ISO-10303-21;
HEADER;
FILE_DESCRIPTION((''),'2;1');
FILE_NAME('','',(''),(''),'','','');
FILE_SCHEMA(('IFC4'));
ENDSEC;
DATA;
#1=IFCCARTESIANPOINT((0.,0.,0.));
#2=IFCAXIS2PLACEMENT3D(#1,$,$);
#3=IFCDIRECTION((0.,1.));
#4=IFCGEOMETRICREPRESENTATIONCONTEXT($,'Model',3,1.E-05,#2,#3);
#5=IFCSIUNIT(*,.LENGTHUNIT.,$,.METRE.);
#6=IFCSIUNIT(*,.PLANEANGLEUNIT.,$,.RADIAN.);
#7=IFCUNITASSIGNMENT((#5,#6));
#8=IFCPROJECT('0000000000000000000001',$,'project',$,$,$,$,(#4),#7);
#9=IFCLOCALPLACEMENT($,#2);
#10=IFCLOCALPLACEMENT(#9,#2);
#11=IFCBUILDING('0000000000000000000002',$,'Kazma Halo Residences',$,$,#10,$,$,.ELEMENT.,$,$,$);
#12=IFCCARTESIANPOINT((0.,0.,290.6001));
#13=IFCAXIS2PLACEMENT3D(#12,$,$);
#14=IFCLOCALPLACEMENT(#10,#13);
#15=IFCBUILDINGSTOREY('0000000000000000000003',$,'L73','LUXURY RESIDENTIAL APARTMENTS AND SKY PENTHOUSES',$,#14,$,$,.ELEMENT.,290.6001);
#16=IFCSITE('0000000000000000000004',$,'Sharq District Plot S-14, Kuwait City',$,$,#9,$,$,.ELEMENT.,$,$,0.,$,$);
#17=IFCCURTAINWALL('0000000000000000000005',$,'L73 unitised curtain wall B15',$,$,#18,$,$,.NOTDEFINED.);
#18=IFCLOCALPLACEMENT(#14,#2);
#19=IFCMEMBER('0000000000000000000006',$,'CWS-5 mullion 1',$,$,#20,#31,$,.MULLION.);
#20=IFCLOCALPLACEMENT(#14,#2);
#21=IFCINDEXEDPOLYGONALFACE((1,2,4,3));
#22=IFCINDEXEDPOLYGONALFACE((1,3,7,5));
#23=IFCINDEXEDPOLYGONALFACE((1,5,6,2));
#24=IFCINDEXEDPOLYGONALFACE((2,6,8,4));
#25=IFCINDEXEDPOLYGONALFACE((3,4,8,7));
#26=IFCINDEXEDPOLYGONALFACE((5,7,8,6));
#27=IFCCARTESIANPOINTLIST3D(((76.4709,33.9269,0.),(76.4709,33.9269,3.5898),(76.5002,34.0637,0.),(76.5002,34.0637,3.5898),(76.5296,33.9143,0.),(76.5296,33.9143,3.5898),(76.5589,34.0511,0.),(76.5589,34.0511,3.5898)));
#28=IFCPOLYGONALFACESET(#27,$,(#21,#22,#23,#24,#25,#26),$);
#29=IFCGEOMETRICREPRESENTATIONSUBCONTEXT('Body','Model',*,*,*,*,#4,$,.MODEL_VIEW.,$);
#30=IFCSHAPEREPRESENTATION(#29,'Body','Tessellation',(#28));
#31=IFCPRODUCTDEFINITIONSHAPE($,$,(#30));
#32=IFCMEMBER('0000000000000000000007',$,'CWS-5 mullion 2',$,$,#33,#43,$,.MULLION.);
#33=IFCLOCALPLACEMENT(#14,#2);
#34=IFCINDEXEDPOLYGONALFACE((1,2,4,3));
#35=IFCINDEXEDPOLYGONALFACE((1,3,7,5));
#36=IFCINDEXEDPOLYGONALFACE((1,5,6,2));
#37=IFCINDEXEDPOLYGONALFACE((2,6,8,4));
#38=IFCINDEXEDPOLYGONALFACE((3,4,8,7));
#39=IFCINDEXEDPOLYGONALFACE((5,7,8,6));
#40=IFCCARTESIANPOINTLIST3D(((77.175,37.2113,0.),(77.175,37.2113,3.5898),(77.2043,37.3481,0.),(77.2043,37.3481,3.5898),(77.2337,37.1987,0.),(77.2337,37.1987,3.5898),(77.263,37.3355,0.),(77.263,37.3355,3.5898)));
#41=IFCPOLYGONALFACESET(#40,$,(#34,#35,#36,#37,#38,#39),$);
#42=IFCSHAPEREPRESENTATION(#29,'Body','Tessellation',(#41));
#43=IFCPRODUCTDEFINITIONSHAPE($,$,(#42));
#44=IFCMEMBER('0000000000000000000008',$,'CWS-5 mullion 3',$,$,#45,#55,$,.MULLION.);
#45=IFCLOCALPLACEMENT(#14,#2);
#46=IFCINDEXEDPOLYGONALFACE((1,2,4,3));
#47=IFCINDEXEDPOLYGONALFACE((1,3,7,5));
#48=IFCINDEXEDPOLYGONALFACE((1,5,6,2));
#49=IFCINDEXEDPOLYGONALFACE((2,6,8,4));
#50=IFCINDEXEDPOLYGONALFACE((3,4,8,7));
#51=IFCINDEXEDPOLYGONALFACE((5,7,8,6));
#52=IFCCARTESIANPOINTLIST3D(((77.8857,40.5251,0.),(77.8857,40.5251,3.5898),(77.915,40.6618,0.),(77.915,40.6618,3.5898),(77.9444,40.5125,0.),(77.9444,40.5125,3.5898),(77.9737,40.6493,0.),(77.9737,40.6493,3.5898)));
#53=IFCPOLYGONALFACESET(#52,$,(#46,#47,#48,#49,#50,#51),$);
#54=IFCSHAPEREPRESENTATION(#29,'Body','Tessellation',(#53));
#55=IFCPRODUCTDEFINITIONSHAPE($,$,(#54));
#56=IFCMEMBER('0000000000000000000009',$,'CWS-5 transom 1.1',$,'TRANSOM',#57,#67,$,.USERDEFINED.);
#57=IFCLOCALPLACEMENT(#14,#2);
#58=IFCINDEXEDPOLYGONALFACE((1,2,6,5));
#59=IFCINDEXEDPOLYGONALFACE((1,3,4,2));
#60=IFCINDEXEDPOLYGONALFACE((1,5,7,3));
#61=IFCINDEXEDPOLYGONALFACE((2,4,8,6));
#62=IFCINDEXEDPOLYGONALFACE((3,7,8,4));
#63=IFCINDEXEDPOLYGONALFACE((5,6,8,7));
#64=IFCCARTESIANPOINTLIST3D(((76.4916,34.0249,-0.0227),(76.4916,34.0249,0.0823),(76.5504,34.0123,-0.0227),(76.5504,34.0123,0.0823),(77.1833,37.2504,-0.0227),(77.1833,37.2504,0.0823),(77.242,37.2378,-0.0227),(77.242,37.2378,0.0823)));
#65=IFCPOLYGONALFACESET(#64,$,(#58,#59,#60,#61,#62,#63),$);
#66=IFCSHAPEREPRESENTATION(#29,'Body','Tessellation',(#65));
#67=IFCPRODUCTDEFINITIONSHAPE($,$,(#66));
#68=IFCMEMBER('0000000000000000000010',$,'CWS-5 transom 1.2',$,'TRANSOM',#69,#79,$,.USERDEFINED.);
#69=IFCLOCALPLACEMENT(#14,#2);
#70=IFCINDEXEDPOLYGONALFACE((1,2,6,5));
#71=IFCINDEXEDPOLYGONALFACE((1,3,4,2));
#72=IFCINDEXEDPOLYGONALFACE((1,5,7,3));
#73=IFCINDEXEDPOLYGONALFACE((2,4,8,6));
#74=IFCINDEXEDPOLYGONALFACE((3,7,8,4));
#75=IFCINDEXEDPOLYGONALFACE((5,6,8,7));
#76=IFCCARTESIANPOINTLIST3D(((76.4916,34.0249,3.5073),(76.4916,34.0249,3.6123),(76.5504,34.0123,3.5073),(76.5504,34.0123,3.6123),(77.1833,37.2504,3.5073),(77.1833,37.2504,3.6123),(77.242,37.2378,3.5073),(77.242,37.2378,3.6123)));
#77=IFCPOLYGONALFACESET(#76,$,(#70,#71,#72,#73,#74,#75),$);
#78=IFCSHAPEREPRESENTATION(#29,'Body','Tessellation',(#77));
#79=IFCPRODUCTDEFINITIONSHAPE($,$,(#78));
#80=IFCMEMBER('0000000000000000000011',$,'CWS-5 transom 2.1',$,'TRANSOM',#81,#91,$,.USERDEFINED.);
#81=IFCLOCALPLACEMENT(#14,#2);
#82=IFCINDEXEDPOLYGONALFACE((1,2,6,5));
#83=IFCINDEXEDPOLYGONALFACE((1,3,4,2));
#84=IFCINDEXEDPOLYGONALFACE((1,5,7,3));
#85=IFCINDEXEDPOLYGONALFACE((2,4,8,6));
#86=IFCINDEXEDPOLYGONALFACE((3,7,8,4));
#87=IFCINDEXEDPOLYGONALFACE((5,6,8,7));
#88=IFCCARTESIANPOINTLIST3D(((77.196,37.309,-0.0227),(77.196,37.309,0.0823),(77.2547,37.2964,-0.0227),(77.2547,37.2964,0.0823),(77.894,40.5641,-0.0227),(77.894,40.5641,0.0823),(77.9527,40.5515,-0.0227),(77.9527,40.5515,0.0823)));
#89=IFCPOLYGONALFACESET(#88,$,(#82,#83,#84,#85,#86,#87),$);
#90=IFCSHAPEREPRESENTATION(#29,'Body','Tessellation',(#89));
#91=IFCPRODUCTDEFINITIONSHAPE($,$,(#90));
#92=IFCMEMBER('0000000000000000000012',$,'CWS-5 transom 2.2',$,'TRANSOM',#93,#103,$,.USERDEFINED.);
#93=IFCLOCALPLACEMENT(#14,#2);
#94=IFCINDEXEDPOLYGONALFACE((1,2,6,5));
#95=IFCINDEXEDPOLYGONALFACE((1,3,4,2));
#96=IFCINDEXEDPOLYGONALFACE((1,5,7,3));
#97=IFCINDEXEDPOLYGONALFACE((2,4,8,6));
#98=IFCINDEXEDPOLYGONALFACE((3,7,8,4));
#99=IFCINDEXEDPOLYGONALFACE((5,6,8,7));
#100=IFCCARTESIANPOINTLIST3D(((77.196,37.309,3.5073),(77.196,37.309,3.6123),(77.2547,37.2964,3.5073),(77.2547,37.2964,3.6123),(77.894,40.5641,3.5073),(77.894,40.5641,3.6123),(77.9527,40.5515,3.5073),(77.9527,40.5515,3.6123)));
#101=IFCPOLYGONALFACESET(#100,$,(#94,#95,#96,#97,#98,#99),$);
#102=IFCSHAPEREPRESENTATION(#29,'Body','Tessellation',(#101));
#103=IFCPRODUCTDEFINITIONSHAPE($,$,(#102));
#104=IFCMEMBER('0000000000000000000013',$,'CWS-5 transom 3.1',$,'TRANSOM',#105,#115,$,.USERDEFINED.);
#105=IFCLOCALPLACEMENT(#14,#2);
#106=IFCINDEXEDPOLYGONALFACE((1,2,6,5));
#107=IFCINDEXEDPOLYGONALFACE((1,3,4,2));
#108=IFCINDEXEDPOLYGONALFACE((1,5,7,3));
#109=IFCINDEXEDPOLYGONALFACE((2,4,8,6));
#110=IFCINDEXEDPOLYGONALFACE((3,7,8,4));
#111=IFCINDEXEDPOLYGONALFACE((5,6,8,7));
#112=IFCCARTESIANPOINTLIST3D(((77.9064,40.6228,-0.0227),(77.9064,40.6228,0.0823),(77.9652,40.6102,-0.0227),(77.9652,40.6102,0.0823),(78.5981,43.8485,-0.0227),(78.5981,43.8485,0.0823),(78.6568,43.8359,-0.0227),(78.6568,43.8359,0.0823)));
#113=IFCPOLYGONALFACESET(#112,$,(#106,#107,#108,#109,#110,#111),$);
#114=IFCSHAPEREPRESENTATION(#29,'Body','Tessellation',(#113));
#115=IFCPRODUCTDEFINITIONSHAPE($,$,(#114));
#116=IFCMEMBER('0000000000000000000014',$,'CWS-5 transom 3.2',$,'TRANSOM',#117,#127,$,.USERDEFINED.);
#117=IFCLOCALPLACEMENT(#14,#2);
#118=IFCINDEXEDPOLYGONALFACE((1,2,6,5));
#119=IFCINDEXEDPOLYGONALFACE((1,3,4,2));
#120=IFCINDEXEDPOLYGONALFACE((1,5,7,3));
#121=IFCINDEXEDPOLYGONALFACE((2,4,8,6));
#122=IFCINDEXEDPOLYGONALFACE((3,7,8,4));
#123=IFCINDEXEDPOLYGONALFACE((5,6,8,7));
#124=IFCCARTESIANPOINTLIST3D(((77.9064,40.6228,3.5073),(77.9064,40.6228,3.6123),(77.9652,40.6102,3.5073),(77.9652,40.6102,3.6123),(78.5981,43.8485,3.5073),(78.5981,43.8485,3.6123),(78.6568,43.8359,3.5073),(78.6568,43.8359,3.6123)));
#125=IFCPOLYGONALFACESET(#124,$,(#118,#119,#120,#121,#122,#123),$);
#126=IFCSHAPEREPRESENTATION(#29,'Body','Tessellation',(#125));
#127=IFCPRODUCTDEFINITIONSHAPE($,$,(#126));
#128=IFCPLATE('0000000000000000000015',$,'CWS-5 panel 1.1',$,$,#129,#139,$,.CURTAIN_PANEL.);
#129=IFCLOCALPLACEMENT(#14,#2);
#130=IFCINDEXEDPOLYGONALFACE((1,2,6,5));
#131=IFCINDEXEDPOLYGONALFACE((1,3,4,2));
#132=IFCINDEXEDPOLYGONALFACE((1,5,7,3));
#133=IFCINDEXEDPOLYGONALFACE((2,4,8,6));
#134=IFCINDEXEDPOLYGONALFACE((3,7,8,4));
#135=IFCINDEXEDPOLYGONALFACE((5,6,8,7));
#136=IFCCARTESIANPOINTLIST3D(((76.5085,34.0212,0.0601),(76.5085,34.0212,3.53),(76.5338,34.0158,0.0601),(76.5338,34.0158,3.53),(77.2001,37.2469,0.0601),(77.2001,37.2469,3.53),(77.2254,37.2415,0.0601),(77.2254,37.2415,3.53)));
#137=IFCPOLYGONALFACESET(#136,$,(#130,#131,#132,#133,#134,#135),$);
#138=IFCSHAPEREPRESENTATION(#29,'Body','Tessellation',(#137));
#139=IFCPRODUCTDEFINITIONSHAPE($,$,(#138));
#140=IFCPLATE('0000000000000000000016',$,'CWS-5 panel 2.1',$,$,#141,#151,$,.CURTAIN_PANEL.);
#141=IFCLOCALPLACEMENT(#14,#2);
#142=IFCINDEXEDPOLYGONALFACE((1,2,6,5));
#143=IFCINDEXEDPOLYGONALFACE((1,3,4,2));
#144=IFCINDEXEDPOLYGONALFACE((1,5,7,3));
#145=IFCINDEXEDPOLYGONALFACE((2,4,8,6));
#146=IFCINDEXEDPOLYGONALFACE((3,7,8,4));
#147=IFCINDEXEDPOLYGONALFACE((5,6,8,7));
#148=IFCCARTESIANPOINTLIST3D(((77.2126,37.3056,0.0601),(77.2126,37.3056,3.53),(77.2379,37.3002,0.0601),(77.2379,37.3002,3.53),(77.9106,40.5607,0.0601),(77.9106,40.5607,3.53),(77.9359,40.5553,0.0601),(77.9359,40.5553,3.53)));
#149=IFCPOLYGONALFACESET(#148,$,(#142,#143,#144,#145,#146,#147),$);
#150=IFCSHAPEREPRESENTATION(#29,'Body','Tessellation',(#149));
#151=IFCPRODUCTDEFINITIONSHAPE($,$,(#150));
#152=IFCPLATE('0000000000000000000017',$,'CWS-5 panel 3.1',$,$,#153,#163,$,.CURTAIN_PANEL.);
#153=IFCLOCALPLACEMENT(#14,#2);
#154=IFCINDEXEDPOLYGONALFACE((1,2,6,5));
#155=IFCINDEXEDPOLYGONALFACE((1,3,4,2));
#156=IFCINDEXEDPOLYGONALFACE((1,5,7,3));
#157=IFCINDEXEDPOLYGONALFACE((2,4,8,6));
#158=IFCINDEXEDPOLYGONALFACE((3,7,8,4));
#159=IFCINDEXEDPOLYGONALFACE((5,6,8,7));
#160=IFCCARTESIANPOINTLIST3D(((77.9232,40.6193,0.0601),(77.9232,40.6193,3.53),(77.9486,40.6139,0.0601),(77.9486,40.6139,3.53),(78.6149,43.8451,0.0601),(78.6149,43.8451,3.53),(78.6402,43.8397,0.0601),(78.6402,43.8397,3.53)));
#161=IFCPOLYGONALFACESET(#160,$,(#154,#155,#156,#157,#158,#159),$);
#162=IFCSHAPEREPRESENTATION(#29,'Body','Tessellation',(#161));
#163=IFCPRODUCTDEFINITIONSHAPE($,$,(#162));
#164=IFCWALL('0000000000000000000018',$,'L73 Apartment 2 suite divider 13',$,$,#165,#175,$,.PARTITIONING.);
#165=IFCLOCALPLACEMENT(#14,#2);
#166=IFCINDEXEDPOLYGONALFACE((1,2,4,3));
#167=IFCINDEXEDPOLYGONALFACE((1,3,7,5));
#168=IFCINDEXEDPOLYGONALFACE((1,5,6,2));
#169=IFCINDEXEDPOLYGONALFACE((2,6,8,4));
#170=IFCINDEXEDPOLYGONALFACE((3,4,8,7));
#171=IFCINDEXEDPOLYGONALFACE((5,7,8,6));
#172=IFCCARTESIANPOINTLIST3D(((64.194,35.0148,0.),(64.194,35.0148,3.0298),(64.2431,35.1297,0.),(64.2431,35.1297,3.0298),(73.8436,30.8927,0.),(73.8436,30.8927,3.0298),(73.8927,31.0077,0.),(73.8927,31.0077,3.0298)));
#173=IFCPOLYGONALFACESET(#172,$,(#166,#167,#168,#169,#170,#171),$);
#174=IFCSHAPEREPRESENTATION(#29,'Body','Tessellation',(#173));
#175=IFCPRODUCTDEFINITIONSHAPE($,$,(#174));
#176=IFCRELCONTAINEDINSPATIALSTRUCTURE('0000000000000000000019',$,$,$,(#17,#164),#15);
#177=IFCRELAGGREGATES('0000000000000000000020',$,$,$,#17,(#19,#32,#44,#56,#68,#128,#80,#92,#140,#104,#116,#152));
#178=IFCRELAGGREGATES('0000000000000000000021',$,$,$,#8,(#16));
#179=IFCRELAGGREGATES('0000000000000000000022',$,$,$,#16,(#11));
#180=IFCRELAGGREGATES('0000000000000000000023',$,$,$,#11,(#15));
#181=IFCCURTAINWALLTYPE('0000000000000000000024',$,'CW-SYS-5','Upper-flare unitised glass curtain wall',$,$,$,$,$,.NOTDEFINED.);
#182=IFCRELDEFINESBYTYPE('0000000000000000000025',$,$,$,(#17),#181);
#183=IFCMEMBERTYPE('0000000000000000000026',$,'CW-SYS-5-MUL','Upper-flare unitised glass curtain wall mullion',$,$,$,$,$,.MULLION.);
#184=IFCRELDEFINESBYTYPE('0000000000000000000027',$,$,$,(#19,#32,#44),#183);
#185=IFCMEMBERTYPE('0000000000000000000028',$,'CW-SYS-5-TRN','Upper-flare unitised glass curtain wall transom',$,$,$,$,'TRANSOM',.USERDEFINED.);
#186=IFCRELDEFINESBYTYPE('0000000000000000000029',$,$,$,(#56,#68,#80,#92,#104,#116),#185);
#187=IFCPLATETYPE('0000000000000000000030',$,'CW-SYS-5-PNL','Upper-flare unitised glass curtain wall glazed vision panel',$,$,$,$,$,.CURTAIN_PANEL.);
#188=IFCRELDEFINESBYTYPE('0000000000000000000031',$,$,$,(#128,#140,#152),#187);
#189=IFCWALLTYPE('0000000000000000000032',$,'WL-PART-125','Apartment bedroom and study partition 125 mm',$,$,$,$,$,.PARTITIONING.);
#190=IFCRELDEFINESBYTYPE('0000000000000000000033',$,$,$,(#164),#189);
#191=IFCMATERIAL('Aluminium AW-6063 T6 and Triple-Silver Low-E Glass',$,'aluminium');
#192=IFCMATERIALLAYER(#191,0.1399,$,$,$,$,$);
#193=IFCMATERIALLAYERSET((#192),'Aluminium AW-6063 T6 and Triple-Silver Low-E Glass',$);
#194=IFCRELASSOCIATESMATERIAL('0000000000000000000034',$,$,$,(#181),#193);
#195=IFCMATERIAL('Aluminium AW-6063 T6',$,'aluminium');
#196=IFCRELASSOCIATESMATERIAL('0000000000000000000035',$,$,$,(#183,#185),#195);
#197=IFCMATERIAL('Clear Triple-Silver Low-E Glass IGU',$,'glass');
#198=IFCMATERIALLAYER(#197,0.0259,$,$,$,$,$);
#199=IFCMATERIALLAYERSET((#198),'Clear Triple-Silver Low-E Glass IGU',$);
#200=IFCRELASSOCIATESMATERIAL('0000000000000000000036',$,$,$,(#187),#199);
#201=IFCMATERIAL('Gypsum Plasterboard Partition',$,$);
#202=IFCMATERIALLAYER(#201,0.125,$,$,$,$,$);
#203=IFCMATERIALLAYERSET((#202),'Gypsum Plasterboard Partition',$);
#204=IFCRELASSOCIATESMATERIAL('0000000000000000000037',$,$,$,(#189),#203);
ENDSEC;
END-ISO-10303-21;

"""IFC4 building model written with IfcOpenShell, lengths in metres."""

from ifc_helpers import new_model, si_unit, direction, frame, frame_2d, origin, origin_2d, place, context, subcontext, project, spatial, rectangle, extrude, material, layer, layer_set, material_profile, profile_set, type_object, element, aggregate, save


model = new_model("IFC4")

# Units and contexts
model_context = context("Model", 3, precision=1e-05, world=origin(), true_north=direction((0.0, 1.0)))
body_context = subcontext(model_context, "Body", "Model", "MODEL_VIEW")
ifc_project = project(units=[si_unit("LENGTHUNIT", "METRE"), si_unit("PLANEANGLEUNIT", "RADIAN")], contexts=[model_context])

# Site, building, storey
site_placement = place(None, origin())
site = spatial("IfcSite", under=ifc_project, at=site_placement, Name="Sharq District Plot S-14, Kuwait City", CompositionType="ELEMENT", RefElevation=0.0)
building_placement = place(site_placement, origin())
building = spatial("IfcBuilding", under=site, at=building_placement, Name="Kazma Halo Residences", CompositionType="ELEMENT")
storey_placement = place(building_placement, frame((0.0, 0.0, 290.6001)))
storey = spatial("IfcBuildingStorey", under=building, at=storey_placement, Name="L73", Description="LUXURY RESIDENTIAL APARTMENTS AND SKY PENTHOUSES", CompositionType="ELEMENT", Elevation=290.6001)

# Curtain wall, members, plates
ifc_material_1 = material(Name="Aluminium AW-6063 T6 and Triple-Silver Low-E Glass", Category="aluminium")
ifc_layer_1 = layer(ifc_material_1, 0.1399)
ifc_layer_set_1 = layer_set([ifc_layer_1], Name="Aluminium AW-6063 T6 and Triple-Silver Low-E Glass")
curtain_wall_type = type_object("IfcCurtainWallType", Name="CW-SYS-5", Description="Upper-flare unitised glass curtain wall", PredefinedType="NOTDEFINED", material=ifc_layer_set_1)
curtain_wall_placement = place(storey_placement, origin())
curtain_wall = element("IfcCurtainWall", 1, at=curtain_wall_placement, inside=storey, type_object=curtain_wall_type, Name="L73 unitised curtain wall B15", PredefinedType="NOTDEFINED")
ifc_material_2 = material(Name="Aluminium AW-6063 T6", Category="aluminium")
ifc_material_profile_1 = material_profile(ifc_material_2, rectangle(XDim=0.0601, YDim=0.1399, at=origin_2d()), Name="CWM-60x140")
ifc_profile_set_1 = profile_set([ifc_material_profile_1], Name="Aluminium AW-6063 T6")
member_type_1 = type_object("IfcMemberType", Name="CW-SYS-5-MUL", Description="Upper-flare unitised glass curtain wall mullion", PredefinedType="MULLION", material=ifc_profile_set_1)
member_1_placement = place(storey_placement, frame((76.5149, 33.989, 0.0), z_axis=(0.0, 0.0, 1.0), x_axis=(-0.977775, 0.209657, 0.0)))
member_1 = element("IfcMember", 2, at=member_1_placement, type_object=member_type_1, Name="CWS-5 mullion 1", PredefinedType="MULLION", context=body_context, shape_type="SweptSolid", body=[
    extrude(rectangle(XDim=0.0601, YDim=0.1399, at=origin_2d()), origin(), (0.0, 0.0, 1.0), 3.5898),
])
member_2_placement = place(storey_placement, frame((77.219, 37.2734, 0.0), z_axis=(0.0, 0.0, 1.0), x_axis=(-0.977775, 0.209657, 0.0)))
member_2 = element("IfcMember", 3, at=member_2_placement, type_object=member_type_1, Name="CWS-5 mullion 2", PredefinedType="MULLION", context=body_context, shape_type="SweptSolid", body=[
    extrude(rectangle(XDim=0.0601, YDim=0.1399, at=origin_2d()), origin(), (0.0, 0.0, 1.0), 3.5898),
])
member_3_placement = place(storey_placement, frame((77.9297, 40.5872, 0.0), z_axis=(0.0, 0.0, 1.0), x_axis=(-0.977775, 0.209657, 0.0)))
member_3 = element("IfcMember", 4, at=member_3_placement, type_object=member_type_1, Name="CWS-5 mullion 3", PredefinedType="MULLION", context=body_context, shape_type="SweptSolid", body=[
    extrude(rectangle(XDim=0.0601, YDim=0.1399, at=origin_2d()), origin(), (0.0, 0.0, 1.0), 3.5898),
])
ifc_material_profile_2 = material_profile(ifc_material_2, rectangle(XDim=0.0601, YDim=0.105, at=origin_2d()), Name="CWT-60x105")
ifc_profile_set_2 = profile_set([ifc_material_profile_2], Name="Aluminium AW-6063 T6")
member_type_2 = type_object("IfcMemberType", Name="CW-SYS-5-TRN", Description="Upper-flare unitised glass curtain wall transom", ElementType="TRANSOM", PredefinedType="USERDEFINED", material=ifc_profile_set_2)
member_4_placement = place(storey_placement, frame((76.521, 34.0186, 0.0298), z_axis=(0.20966, 0.977774, 0.0), x_axis=(-0.977774, 0.20966, 0.0)))
member_4 = element("IfcMember", 5, at=member_4_placement, type_object=member_type_2, Name="CWS-5 transom 1.1", ObjectType="TRANSOM", PredefinedType="USERDEFINED", context=body_context, shape_type="SweptSolid", body=[
    extrude(rectangle(XDim=0.0601, YDim=0.105, at=origin_2d()), origin(), (0.0, 0.0, 1.0), 3.2988),
])
member_5_placement = place(storey_placement, frame((76.521, 34.0186, 3.5598), z_axis=(0.20966, 0.977774, 0.0), x_axis=(-0.977774, 0.20966, 0.0)))
member_5 = element("IfcMember", 6, at=member_5_placement, type_object=member_type_2, Name="CWS-5 transom 1.2", ObjectType="TRANSOM", PredefinedType="USERDEFINED", context=body_context, shape_type="SweptSolid", body=[
    extrude(rectangle(XDim=0.0601, YDim=0.105, at=origin_2d()), origin(), (0.0, 0.0, 1.0), 3.2988),
])
member_6_placement = place(storey_placement, frame((77.2253, 37.3027, 0.0298), z_axis=(0.209664, 0.977773, 0.0), x_axis=(-0.977773, 0.209664, 0.0)))
member_6 = element("IfcMember", 7, at=member_6_placement, type_object=member_type_2, Name="CWS-5 transom 2.1", ObjectType="TRANSOM", PredefinedType="USERDEFINED", context=body_context, shape_type="SweptSolid", body=[
    extrude(rectangle(XDim=0.0601, YDim=0.105, at=origin_2d()), origin(), (0.0, 0.0, 1.0), 3.3291),
])
member_7_placement = place(storey_placement, frame((77.2253, 37.3027, 3.5598), z_axis=(0.209664, 0.977773, 0.0), x_axis=(-0.977773, 0.209664, 0.0)))
member_7 = element("IfcMember", 8, at=member_7_placement, type_object=member_type_2, Name="CWS-5 transom 2.2", ObjectType="TRANSOM", PredefinedType="USERDEFINED", context=body_context, shape_type="SweptSolid", body=[
    extrude(rectangle(XDim=0.0601, YDim=0.105, at=origin_2d()), origin(), (0.0, 0.0, 1.0), 3.3291),
])
member_8_placement = place(storey_placement, frame((77.9358, 40.6165, 0.0298), z_axis=(0.209645, 0.977777, 0.0), x_axis=(-0.977777, 0.209645, 0.0)))
member_8 = element("IfcMember", 9, at=member_8_placement, type_object=member_type_2, Name="CWS-5 transom 3.1", ObjectType="TRANSOM", PredefinedType="USERDEFINED", context=body_context, shape_type="SweptSolid", body=[
    extrude(rectangle(XDim=0.0601, YDim=0.105, at=origin_2d()), origin(), (0.0, 0.0, 1.0), 3.2991),
])
member_9_placement = place(storey_placement, frame((77.9358, 40.6165, 3.5598), z_axis=(0.209645, 0.977777, 0.0), x_axis=(-0.977777, 0.209645, 0.0)))
member_9 = element("IfcMember", 10, at=member_9_placement, type_object=member_type_2, Name="CWS-5 transom 3.2", ObjectType="TRANSOM", PredefinedType="USERDEFINED", context=body_context, shape_type="SweptSolid", body=[
    extrude(rectangle(XDim=0.0601, YDim=0.105, at=origin_2d()), origin(), (0.0, 0.0, 1.0), 3.2991),
])
ifc_material_3 = material(Name="Clear Triple-Silver Low-E Glass IGU", Category="glass")
ifc_layer_2 = layer(ifc_material_3, 0.0259)
ifc_layer_set_2 = layer_set([ifc_layer_2], Name="Clear Triple-Silver Low-E Glass IGU")
plate_type = type_object("IfcPlateType", Name="CW-SYS-5-PNL", Description="Upper-flare unitised glass curtain wall glazed vision panel", PredefinedType="CURTAIN_PANEL", material=ifc_layer_set_2)
plate_1_placement = place(storey_placement, frame((76.8669, 35.6313, 0.0601), z_axis=(0.0, 0.0, 1.0), x_axis=(0.209657, 0.977775, 0.0)))
plate_1 = element("IfcPlate", 11, at=plate_1_placement, type_object=plate_type, Name="CWS-5 panel 1.1", PredefinedType="CURTAIN_PANEL", context=body_context, shape_type="SweptSolid", body=[
    extrude(rectangle(XDim=3.2991, YDim=0.0259, at=origin_2d()), origin(), (0.0, 0.0, 1.0), 3.47),
])
plate_2_placement = place(storey_placement, frame((77.5742, 38.9304, 0.0601), z_axis=(0.0, 0.0, 1.0), x_axis=(0.209657, 0.977775, 0.0)))
plate_2 = element("IfcPlate", 12, at=plate_2_placement, type_object=plate_type, Name="CWS-5 panel 2.1", PredefinedType="CURTAIN_PANEL", context=body_context, shape_type="SweptSolid", body=[
    extrude(rectangle(XDim=3.3291, YDim=0.0259, at=origin_2d()), origin(), (0.0, 0.0, 1.0), 3.47),
])
plate_3_placement = place(storey_placement, frame((78.2817, 42.2295, 0.0601), z_axis=(0.0, 0.0, 1.0), x_axis=(0.209657, 0.977775, 0.0)))
plate_3 = element("IfcPlate", 13, at=plate_3_placement, type_object=plate_type, Name="CWS-5 panel 3.1", PredefinedType="CURTAIN_PANEL", context=body_context, shape_type="SweptSolid", body=[
    extrude(rectangle(XDim=3.2991, YDim=0.0259, at=origin_2d()), origin(), (0.0, 0.0, 1.0), 3.47),
])
aggregate(curtain_wall, [member_1, member_2, member_3, member_4, member_5, plate_1, member_6, member_7, plate_2, member_8, member_9, plate_3])

# Wall
ifc_material_4 = material(Name="Gypsum Plasterboard Partition")
ifc_layer_3 = layer(ifc_material_4, 0.125)
ifc_layer_set_3 = layer_set([ifc_layer_3], Name="Gypsum Plasterboard Partition")
wall_type_1 = type_object("IfcWallType", Name="WL-PART-125", Description="Apartment bedroom and study partition 125 mm", PredefinedType="PARTITIONING", material=ifc_layer_set_3)
wall_1_placement = place(storey_placement, frame((64.2185, 35.0723, 0.0), z_axis=(0.0, 0.0, 1.0), x_axis=(0.91961, -0.392832, 0.0)))
element("IfcWall", 14, at=wall_1_placement, inside=storey, type_object=wall_type_1, Name="L73 Apartment 2 suite divider 13", PredefinedType="PARTITIONING", context=body_context, shape_type="SweptSolid", body=[
    extrude(rectangle(XDim=10.4932, YDim=0.125, at=frame_2d((5.2466, 0.0))), origin(), (0.0, 0.0, 1.0), 3.0298),
])

save(model, "model.ifc")
